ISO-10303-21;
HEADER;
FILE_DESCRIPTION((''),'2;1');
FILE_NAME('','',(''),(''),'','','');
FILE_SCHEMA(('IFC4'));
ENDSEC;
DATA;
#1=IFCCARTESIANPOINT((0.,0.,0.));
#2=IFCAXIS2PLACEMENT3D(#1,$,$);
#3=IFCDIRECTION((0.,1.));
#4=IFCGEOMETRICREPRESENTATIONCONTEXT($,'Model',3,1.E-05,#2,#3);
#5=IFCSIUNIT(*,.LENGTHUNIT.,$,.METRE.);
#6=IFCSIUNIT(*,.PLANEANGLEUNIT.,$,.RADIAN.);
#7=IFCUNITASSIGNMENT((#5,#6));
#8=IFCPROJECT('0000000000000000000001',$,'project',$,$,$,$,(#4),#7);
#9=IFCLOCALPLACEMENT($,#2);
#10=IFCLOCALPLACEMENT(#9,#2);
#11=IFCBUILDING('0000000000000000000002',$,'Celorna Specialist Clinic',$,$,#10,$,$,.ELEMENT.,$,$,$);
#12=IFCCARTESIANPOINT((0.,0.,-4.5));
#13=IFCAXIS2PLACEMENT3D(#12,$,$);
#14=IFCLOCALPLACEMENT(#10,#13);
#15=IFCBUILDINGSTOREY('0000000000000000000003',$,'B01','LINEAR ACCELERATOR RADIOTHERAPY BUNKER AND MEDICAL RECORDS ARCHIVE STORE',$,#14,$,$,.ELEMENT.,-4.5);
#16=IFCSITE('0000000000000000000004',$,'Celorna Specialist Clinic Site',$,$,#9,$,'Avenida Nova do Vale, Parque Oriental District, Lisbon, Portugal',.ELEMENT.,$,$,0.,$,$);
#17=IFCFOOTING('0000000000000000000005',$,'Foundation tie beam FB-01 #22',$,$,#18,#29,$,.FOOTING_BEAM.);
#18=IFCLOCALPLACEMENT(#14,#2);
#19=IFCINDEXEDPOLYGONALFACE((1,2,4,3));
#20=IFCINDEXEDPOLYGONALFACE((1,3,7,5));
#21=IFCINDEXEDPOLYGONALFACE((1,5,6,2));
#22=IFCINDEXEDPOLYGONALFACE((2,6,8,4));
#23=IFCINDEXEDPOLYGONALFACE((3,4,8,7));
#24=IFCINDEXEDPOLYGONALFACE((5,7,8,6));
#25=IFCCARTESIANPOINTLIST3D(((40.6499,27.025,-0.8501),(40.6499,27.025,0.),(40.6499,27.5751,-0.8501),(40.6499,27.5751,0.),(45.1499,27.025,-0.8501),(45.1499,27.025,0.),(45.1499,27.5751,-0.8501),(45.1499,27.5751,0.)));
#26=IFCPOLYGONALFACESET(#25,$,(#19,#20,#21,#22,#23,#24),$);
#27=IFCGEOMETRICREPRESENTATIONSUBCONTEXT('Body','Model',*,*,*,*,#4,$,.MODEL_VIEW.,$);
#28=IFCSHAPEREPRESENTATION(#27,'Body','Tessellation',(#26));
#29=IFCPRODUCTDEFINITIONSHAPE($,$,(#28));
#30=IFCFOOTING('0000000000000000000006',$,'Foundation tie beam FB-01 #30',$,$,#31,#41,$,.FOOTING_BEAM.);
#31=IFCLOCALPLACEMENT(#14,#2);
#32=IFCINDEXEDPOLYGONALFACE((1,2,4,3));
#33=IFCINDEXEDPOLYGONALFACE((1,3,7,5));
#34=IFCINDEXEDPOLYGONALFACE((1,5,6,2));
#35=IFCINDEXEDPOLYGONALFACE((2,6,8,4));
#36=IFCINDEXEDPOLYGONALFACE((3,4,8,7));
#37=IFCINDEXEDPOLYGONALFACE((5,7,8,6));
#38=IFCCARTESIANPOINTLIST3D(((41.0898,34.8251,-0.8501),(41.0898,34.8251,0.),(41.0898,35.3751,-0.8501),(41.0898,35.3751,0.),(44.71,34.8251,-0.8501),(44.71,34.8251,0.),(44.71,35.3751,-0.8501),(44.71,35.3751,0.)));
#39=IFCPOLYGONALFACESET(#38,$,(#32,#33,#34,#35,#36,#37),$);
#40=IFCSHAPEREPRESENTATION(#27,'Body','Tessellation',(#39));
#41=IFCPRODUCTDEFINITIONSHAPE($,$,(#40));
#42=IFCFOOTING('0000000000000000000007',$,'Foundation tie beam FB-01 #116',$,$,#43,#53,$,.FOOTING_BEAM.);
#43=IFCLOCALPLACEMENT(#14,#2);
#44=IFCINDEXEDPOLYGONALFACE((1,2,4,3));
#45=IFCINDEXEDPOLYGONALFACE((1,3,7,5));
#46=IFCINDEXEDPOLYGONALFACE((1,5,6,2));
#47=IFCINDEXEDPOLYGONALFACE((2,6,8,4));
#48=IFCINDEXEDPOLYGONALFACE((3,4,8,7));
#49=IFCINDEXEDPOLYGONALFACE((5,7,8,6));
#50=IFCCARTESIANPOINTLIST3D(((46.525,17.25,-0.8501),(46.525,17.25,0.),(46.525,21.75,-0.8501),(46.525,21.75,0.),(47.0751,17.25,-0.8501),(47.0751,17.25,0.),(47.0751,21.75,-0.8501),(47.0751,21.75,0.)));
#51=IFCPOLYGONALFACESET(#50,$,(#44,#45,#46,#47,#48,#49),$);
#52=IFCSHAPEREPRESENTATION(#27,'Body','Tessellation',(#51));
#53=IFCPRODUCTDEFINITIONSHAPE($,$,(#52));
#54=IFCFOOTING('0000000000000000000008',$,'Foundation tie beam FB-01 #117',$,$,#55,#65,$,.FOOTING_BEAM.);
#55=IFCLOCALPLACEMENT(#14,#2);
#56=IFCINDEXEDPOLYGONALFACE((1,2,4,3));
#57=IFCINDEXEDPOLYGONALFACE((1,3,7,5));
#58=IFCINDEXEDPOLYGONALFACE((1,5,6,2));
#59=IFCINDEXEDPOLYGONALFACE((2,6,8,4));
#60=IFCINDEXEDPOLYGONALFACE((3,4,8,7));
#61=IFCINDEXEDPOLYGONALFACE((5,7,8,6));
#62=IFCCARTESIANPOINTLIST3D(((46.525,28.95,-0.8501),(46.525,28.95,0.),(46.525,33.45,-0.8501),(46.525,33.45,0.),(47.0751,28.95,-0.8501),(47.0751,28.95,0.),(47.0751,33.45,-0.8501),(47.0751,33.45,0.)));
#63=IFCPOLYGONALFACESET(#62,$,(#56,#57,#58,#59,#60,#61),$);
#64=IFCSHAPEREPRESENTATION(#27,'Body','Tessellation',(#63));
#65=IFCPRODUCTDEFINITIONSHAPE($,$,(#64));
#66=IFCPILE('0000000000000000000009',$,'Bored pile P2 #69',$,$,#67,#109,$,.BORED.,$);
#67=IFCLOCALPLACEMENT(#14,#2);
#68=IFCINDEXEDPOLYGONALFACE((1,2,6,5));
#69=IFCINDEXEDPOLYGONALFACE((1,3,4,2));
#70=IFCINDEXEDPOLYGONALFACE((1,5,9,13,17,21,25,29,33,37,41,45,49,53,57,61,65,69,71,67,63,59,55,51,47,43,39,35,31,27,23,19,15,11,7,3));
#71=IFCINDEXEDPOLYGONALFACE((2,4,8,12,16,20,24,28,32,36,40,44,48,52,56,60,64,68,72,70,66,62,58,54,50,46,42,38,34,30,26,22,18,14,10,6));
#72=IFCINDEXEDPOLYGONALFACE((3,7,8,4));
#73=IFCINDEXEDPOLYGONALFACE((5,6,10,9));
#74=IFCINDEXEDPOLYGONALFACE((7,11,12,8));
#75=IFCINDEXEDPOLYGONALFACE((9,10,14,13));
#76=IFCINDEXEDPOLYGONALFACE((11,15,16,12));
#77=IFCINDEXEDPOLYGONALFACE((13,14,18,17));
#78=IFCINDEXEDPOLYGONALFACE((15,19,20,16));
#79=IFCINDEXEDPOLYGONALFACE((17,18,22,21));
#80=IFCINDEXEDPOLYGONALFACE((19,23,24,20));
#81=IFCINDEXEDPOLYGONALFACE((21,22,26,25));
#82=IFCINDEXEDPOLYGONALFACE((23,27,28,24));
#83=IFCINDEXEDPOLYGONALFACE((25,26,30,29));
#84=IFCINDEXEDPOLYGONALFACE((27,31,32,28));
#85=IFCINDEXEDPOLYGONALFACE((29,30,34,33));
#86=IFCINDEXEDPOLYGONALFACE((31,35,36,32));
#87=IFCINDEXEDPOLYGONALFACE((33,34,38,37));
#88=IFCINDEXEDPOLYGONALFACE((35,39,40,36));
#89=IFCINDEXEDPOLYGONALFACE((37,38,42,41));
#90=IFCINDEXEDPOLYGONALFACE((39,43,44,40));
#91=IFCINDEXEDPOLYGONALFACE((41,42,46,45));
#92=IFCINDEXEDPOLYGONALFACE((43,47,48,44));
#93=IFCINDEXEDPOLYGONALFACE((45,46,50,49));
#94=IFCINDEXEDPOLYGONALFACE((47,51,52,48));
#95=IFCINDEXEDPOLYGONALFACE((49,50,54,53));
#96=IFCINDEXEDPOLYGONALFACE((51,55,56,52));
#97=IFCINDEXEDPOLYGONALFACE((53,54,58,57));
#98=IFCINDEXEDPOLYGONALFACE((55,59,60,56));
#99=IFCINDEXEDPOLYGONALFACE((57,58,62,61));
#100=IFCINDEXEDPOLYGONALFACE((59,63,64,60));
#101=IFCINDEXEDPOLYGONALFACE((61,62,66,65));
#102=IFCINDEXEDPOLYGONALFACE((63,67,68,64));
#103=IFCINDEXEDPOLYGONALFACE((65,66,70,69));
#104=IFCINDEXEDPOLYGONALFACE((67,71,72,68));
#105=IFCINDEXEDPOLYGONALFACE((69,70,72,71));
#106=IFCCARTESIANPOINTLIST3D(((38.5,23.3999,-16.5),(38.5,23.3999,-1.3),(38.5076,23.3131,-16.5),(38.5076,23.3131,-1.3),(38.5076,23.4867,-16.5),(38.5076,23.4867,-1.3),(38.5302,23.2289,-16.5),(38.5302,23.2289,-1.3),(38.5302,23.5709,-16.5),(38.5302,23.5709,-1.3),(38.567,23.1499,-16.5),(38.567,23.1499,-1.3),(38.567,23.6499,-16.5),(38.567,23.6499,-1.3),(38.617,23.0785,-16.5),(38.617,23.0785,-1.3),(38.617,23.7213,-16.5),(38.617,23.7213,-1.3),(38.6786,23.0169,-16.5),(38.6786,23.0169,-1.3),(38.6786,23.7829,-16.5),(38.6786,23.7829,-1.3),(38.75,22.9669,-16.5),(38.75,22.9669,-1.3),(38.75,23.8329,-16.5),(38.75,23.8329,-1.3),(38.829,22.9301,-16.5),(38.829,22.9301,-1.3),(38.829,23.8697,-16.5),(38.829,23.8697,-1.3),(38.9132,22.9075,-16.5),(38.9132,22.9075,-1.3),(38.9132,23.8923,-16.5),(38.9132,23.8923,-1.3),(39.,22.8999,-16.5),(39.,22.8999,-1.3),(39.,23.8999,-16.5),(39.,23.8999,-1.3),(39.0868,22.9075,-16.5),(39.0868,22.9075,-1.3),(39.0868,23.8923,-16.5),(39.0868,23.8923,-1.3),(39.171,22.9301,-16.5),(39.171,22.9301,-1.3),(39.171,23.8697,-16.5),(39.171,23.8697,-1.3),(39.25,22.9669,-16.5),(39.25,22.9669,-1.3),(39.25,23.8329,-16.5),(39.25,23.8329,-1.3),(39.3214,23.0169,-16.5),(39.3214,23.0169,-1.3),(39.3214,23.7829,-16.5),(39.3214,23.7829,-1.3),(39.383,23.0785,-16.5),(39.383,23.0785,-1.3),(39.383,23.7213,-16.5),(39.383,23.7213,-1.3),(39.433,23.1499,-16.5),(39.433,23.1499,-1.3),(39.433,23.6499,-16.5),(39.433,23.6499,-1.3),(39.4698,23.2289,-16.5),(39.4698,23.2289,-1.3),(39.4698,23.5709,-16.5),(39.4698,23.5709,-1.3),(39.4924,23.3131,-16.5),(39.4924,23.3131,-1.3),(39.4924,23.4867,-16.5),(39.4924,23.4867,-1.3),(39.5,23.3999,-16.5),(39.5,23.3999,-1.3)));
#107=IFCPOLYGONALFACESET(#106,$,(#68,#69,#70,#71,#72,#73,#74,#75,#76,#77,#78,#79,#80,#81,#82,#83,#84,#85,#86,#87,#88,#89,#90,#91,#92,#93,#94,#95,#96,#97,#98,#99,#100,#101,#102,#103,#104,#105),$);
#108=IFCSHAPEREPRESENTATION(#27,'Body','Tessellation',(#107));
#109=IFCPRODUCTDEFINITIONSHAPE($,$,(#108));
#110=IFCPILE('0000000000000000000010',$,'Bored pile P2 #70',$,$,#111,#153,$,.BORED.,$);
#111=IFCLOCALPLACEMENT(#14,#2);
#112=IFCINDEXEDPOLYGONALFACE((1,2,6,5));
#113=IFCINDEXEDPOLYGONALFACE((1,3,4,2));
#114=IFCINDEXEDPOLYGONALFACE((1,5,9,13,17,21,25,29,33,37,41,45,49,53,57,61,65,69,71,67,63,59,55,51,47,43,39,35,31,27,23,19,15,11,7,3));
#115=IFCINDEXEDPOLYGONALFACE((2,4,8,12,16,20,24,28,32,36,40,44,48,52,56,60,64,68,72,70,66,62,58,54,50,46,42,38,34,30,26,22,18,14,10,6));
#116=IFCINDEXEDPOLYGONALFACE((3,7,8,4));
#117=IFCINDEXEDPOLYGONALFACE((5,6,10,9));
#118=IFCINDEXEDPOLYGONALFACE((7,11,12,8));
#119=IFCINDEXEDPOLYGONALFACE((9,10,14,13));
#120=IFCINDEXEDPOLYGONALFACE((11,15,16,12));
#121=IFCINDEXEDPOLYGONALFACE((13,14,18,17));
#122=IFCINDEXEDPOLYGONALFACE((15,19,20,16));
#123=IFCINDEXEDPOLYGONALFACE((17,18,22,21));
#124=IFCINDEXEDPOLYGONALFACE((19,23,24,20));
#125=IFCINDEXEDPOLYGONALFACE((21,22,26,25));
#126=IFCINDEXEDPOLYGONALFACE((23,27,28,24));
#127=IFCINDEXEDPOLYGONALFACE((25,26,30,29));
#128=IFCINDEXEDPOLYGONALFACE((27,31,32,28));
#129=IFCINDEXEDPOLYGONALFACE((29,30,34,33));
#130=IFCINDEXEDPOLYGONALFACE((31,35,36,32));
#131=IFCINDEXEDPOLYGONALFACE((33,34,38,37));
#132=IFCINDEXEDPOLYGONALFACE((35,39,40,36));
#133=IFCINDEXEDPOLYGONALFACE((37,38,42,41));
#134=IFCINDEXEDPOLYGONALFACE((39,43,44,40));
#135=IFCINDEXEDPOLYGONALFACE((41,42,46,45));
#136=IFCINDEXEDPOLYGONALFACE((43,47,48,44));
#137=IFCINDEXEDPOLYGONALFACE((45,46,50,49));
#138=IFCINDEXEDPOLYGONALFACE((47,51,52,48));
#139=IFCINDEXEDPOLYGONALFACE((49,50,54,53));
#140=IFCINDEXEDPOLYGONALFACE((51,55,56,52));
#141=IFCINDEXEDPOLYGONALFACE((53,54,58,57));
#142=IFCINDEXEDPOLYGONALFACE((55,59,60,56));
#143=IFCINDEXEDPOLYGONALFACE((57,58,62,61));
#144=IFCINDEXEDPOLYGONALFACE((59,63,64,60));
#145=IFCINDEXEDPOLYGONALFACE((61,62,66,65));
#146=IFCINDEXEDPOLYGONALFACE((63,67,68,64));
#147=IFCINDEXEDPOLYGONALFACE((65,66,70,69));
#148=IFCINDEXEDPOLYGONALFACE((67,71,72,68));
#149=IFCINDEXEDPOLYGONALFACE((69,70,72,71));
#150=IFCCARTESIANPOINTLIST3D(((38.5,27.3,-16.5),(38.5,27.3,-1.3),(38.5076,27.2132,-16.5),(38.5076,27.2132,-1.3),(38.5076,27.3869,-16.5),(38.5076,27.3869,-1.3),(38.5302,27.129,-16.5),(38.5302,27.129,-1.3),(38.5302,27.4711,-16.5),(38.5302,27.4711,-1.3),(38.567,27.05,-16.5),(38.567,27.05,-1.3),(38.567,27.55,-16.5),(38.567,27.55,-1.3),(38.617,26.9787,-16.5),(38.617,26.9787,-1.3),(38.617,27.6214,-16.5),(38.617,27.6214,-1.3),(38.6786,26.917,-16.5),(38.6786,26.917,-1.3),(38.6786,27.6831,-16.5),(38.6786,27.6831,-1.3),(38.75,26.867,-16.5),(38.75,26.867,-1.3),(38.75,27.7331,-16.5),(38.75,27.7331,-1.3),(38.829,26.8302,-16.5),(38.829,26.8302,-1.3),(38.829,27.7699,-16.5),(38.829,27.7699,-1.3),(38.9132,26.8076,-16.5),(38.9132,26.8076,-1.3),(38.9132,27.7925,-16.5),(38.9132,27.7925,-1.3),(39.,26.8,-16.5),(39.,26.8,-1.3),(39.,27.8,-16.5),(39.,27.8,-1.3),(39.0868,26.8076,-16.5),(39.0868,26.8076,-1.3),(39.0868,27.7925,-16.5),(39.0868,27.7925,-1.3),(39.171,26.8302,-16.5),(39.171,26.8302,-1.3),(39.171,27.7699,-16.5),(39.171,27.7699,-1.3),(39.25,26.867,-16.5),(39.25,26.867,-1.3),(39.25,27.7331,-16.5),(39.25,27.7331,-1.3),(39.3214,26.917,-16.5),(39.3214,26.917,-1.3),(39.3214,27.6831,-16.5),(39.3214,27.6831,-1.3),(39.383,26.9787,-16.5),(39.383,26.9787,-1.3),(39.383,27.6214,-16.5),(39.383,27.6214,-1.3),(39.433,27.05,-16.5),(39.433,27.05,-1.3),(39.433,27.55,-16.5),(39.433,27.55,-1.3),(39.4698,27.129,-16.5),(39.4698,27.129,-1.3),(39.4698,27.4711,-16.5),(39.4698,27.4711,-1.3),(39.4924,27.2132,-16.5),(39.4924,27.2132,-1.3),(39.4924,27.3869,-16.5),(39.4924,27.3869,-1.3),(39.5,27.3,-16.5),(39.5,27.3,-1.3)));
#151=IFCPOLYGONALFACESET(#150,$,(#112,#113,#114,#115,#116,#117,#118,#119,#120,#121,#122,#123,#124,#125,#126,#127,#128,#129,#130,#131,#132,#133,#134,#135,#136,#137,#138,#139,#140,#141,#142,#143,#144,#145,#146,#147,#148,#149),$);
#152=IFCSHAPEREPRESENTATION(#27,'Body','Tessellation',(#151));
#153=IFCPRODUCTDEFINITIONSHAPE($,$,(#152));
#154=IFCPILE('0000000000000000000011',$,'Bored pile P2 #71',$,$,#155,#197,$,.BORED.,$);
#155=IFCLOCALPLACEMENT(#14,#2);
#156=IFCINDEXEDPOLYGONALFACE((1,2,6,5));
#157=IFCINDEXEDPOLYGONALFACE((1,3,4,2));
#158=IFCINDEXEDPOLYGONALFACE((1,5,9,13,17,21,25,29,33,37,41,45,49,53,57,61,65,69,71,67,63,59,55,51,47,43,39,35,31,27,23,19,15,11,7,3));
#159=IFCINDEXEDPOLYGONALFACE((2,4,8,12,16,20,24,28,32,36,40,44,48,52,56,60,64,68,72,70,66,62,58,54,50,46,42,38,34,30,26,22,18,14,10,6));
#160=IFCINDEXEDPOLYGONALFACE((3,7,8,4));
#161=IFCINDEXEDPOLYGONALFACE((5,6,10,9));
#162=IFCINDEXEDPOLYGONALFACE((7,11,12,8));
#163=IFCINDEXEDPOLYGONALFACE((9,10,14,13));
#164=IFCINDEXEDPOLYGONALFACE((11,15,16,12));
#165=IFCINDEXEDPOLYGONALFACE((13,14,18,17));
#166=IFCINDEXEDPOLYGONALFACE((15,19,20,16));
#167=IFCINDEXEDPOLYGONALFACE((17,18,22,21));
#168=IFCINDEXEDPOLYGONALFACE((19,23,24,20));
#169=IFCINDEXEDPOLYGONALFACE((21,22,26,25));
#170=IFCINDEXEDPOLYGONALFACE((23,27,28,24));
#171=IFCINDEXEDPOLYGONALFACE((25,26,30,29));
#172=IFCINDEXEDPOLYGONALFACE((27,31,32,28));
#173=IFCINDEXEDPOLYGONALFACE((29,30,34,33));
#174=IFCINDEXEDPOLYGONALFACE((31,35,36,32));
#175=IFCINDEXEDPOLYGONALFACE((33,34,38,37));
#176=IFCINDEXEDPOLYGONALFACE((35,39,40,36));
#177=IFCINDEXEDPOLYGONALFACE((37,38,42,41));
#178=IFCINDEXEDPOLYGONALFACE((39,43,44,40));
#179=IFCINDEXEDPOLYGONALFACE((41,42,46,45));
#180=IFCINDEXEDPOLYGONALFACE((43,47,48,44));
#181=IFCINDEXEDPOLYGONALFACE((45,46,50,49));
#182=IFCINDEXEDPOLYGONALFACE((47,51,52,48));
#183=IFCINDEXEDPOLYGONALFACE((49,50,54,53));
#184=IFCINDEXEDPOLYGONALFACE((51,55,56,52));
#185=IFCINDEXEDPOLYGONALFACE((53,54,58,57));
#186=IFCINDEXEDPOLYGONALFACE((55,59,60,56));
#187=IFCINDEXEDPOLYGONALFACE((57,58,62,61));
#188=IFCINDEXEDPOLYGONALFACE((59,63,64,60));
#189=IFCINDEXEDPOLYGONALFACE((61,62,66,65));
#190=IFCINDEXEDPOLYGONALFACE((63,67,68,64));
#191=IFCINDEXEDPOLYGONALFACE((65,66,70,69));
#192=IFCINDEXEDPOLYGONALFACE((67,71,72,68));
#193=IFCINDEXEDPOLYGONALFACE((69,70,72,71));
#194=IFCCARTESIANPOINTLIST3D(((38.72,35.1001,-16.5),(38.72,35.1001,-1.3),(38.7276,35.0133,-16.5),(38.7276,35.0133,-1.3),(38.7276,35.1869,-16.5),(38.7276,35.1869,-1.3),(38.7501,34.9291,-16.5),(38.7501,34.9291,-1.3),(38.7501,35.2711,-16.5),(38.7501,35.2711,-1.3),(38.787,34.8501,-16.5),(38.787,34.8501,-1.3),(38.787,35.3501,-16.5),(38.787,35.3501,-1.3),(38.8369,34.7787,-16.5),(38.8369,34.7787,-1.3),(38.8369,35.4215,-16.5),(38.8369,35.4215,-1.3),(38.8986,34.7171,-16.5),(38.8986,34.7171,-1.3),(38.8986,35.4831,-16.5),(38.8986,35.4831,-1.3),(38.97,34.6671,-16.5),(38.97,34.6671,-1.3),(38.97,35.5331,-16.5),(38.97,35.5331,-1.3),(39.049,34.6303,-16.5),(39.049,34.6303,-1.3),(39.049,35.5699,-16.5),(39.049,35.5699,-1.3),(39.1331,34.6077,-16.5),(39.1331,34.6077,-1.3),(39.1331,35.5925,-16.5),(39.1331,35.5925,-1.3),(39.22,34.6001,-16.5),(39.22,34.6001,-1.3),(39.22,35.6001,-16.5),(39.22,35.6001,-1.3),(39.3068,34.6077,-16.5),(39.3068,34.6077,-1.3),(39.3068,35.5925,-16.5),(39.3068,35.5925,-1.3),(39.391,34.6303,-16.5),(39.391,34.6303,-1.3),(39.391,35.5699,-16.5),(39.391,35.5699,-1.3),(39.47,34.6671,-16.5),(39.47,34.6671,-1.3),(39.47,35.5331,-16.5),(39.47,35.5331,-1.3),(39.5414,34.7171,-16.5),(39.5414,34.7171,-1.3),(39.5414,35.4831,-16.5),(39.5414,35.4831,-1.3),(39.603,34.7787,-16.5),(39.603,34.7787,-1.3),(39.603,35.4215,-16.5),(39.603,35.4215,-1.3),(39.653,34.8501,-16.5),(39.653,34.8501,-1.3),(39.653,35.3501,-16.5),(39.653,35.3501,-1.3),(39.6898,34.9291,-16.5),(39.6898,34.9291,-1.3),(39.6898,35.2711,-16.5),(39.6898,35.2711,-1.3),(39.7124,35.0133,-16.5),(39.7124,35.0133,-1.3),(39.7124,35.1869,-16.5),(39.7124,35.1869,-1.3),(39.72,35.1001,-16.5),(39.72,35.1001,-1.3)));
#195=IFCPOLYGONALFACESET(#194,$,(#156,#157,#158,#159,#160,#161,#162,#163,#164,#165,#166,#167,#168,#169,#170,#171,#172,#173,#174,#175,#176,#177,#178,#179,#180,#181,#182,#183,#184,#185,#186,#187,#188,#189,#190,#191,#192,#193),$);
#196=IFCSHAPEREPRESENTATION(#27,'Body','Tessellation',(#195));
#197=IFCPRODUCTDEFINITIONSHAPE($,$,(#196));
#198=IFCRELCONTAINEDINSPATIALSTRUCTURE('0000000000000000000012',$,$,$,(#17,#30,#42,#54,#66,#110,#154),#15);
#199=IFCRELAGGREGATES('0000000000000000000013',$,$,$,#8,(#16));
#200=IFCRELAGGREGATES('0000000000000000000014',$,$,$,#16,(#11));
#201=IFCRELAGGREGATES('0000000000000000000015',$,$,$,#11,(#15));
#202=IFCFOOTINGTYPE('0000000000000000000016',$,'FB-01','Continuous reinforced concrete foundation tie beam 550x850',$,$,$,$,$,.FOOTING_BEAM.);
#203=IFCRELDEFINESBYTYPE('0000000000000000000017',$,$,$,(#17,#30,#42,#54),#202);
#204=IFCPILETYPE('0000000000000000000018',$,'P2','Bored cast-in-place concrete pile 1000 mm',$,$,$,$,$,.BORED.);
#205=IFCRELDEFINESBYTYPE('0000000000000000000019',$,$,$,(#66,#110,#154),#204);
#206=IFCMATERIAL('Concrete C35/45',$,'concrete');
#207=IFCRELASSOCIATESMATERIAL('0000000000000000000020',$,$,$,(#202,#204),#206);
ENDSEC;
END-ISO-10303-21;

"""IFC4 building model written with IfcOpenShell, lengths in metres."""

from ifc_helpers import new_model, si_unit, direction, frame, origin, origin_2d, place, context, subcontext, project, spatial, rectangle, circle, extrude, material, material_profile, profile_set, type_object, element, save


model = new_model("IFC4")

# Units and contexts
model_context = context("Model", 3, precision=1e-05, world=origin(), true_north=direction((0.0, 1.0)))
body_context = subcontext(model_context, "Body", "Model", "MODEL_VIEW")
ifc_project = project(units=[si_unit("LENGTHUNIT", "METRE"), si_unit("PLANEANGLEUNIT", "RADIAN")], contexts=[model_context])

# Site, building, storey
site_placement = place(None, origin())
site = spatial("IfcSite", under=ifc_project, at=site_placement, Name="Celorna Specialist Clinic Site", LongName="Avenida Nova do Vale, Parque Oriental District, Lisbon, Portugal", CompositionType="ELEMENT", RefElevation=0.0)
building_placement = place(site_placement, origin())
building = spatial("IfcBuilding", under=site, at=building_placement, Name="Celorna Specialist Clinic", CompositionType="ELEMENT")
storey_placement = place(building_placement, frame((0.0, 0.0, -4.5)))
storey = spatial("IfcBuildingStorey", under=building, at=storey_placement, Name="B01", Description="LINEAR ACCELERATOR RADIOTHERAPY BUNKER AND MEDICAL RECORDS ARCHIVE STORE", CompositionType="ELEMENT", Elevation=-4.5)

# Footings
ifc_material_1 = material(Name="Concrete C35/45", Category="concrete")
footing_type_1 = type_object("IfcFootingType", Name="FB-01", Description="Continuous reinforced concrete foundation tie beam 550x850", PredefinedType="FOOTING_BEAM", material=ifc_material_1)
footing_1_placement = place(storey_placement, frame((42.8999, 27.3, -0.8501), z_axis=(0.0, 0.0, 1.0), x_axis=(1.0, 0.0, 0.0)))
element("IfcFooting", 1, at=footing_1_placement, inside=storey, type_object=footing_type_1, Name="Foundation tie beam FB-01 #22", PredefinedType="FOOTING_BEAM", context=body_context, shape_type="SweptSolid", body=[
    extrude(rectangle(XDim=4.5, YDim=0.55, at=origin_2d()), origin(), (0.0, 0.0, 1.0), 0.8501),
])
footing_2_placement = place(storey_placement, frame((42.8999, 35.1001, -0.8501), z_axis=(0.0, 0.0, 1.0), x_axis=(1.0, 0.0, 0.0)))
element("IfcFooting", 2, at=footing_2_placement, inside=storey, type_object=footing_type_1, Name="Foundation tie beam FB-01 #30", PredefinedType="FOOTING_BEAM", context=body_context, shape_type="SweptSolid", body=[
    extrude(rectangle(XDim=3.6201, YDim=0.55, at=origin_2d()), origin(), (0.0, 0.0, 1.0), 0.8501),
])
for number, where, z_axis, x_axis, name in (
    (3, (46.8, 19.5, -0.8501), (0.0, 0.0, 1.0), (0.0, 1.0, 0.0), "Foundation tie beam FB-01 #116"),
    (4, (46.8, 31.2, -0.8501), (0.0, 0.0, 1.0), (0.0, 1.0, 0.0), "Foundation tie beam FB-01 #117"),
):
    element("IfcFooting", number, at=place(storey_placement, frame(where, z_axis=z_axis, x_axis=x_axis)), inside=storey, type_object=footing_type_1, Name=name, PredefinedType="FOOTING_BEAM", context=body_context, shape_type="SweptSolid", body=[
        extrude(rectangle(XDim=4.5, YDim=0.55, at=origin_2d()), origin(), (0.0, 0.0, 1.0), 0.8501),
    ])

# Piles
ifc_material_profile_1 = material_profile(ifc_material_1, circle(Radius=0.5, at=origin_2d()), Name="BORED PILE 1000")
ifc_profile_set_1 = profile_set([ifc_material_profile_1], Name="Concrete C35/45")
pile_type_1 = type_object("IfcPileType", Name="P2", Description="Bored cast-in-place concrete pile 1000 mm", PredefinedType="BORED", material=ifc_profile_set_1)
for number, where, z_axis, x_axis, name in (
    (5, (39.0, 23.3999, -1.3), (0.0, 0.0, -1.0), (1.0, 0.0, 0.0), "Bored pile P2 #69"),
    (6, (39.0, 27.3, -1.3), (0.0, 0.0, -1.0), (1.0, 0.0, 0.0), "Bored pile P2 #70"),
    (7, (39.22, 35.1001, -1.3), (0.0, 0.0, -1.0), (1.0, 0.0, 0.0), "Bored pile P2 #71"),
):
    element("IfcPile", number, at=place(storey_placement, frame(where, z_axis=z_axis, x_axis=x_axis)), inside=storey, type_object=pile_type_1, Name=name, PredefinedType="BORED", context=body_context, shape_type="SweptSolid", body=[
        extrude(circle(Radius=0.5, at=origin_2d()), origin(), (0.0, 0.0, 1.0), 15.2),
    ])

save(model, "model.ifc")
